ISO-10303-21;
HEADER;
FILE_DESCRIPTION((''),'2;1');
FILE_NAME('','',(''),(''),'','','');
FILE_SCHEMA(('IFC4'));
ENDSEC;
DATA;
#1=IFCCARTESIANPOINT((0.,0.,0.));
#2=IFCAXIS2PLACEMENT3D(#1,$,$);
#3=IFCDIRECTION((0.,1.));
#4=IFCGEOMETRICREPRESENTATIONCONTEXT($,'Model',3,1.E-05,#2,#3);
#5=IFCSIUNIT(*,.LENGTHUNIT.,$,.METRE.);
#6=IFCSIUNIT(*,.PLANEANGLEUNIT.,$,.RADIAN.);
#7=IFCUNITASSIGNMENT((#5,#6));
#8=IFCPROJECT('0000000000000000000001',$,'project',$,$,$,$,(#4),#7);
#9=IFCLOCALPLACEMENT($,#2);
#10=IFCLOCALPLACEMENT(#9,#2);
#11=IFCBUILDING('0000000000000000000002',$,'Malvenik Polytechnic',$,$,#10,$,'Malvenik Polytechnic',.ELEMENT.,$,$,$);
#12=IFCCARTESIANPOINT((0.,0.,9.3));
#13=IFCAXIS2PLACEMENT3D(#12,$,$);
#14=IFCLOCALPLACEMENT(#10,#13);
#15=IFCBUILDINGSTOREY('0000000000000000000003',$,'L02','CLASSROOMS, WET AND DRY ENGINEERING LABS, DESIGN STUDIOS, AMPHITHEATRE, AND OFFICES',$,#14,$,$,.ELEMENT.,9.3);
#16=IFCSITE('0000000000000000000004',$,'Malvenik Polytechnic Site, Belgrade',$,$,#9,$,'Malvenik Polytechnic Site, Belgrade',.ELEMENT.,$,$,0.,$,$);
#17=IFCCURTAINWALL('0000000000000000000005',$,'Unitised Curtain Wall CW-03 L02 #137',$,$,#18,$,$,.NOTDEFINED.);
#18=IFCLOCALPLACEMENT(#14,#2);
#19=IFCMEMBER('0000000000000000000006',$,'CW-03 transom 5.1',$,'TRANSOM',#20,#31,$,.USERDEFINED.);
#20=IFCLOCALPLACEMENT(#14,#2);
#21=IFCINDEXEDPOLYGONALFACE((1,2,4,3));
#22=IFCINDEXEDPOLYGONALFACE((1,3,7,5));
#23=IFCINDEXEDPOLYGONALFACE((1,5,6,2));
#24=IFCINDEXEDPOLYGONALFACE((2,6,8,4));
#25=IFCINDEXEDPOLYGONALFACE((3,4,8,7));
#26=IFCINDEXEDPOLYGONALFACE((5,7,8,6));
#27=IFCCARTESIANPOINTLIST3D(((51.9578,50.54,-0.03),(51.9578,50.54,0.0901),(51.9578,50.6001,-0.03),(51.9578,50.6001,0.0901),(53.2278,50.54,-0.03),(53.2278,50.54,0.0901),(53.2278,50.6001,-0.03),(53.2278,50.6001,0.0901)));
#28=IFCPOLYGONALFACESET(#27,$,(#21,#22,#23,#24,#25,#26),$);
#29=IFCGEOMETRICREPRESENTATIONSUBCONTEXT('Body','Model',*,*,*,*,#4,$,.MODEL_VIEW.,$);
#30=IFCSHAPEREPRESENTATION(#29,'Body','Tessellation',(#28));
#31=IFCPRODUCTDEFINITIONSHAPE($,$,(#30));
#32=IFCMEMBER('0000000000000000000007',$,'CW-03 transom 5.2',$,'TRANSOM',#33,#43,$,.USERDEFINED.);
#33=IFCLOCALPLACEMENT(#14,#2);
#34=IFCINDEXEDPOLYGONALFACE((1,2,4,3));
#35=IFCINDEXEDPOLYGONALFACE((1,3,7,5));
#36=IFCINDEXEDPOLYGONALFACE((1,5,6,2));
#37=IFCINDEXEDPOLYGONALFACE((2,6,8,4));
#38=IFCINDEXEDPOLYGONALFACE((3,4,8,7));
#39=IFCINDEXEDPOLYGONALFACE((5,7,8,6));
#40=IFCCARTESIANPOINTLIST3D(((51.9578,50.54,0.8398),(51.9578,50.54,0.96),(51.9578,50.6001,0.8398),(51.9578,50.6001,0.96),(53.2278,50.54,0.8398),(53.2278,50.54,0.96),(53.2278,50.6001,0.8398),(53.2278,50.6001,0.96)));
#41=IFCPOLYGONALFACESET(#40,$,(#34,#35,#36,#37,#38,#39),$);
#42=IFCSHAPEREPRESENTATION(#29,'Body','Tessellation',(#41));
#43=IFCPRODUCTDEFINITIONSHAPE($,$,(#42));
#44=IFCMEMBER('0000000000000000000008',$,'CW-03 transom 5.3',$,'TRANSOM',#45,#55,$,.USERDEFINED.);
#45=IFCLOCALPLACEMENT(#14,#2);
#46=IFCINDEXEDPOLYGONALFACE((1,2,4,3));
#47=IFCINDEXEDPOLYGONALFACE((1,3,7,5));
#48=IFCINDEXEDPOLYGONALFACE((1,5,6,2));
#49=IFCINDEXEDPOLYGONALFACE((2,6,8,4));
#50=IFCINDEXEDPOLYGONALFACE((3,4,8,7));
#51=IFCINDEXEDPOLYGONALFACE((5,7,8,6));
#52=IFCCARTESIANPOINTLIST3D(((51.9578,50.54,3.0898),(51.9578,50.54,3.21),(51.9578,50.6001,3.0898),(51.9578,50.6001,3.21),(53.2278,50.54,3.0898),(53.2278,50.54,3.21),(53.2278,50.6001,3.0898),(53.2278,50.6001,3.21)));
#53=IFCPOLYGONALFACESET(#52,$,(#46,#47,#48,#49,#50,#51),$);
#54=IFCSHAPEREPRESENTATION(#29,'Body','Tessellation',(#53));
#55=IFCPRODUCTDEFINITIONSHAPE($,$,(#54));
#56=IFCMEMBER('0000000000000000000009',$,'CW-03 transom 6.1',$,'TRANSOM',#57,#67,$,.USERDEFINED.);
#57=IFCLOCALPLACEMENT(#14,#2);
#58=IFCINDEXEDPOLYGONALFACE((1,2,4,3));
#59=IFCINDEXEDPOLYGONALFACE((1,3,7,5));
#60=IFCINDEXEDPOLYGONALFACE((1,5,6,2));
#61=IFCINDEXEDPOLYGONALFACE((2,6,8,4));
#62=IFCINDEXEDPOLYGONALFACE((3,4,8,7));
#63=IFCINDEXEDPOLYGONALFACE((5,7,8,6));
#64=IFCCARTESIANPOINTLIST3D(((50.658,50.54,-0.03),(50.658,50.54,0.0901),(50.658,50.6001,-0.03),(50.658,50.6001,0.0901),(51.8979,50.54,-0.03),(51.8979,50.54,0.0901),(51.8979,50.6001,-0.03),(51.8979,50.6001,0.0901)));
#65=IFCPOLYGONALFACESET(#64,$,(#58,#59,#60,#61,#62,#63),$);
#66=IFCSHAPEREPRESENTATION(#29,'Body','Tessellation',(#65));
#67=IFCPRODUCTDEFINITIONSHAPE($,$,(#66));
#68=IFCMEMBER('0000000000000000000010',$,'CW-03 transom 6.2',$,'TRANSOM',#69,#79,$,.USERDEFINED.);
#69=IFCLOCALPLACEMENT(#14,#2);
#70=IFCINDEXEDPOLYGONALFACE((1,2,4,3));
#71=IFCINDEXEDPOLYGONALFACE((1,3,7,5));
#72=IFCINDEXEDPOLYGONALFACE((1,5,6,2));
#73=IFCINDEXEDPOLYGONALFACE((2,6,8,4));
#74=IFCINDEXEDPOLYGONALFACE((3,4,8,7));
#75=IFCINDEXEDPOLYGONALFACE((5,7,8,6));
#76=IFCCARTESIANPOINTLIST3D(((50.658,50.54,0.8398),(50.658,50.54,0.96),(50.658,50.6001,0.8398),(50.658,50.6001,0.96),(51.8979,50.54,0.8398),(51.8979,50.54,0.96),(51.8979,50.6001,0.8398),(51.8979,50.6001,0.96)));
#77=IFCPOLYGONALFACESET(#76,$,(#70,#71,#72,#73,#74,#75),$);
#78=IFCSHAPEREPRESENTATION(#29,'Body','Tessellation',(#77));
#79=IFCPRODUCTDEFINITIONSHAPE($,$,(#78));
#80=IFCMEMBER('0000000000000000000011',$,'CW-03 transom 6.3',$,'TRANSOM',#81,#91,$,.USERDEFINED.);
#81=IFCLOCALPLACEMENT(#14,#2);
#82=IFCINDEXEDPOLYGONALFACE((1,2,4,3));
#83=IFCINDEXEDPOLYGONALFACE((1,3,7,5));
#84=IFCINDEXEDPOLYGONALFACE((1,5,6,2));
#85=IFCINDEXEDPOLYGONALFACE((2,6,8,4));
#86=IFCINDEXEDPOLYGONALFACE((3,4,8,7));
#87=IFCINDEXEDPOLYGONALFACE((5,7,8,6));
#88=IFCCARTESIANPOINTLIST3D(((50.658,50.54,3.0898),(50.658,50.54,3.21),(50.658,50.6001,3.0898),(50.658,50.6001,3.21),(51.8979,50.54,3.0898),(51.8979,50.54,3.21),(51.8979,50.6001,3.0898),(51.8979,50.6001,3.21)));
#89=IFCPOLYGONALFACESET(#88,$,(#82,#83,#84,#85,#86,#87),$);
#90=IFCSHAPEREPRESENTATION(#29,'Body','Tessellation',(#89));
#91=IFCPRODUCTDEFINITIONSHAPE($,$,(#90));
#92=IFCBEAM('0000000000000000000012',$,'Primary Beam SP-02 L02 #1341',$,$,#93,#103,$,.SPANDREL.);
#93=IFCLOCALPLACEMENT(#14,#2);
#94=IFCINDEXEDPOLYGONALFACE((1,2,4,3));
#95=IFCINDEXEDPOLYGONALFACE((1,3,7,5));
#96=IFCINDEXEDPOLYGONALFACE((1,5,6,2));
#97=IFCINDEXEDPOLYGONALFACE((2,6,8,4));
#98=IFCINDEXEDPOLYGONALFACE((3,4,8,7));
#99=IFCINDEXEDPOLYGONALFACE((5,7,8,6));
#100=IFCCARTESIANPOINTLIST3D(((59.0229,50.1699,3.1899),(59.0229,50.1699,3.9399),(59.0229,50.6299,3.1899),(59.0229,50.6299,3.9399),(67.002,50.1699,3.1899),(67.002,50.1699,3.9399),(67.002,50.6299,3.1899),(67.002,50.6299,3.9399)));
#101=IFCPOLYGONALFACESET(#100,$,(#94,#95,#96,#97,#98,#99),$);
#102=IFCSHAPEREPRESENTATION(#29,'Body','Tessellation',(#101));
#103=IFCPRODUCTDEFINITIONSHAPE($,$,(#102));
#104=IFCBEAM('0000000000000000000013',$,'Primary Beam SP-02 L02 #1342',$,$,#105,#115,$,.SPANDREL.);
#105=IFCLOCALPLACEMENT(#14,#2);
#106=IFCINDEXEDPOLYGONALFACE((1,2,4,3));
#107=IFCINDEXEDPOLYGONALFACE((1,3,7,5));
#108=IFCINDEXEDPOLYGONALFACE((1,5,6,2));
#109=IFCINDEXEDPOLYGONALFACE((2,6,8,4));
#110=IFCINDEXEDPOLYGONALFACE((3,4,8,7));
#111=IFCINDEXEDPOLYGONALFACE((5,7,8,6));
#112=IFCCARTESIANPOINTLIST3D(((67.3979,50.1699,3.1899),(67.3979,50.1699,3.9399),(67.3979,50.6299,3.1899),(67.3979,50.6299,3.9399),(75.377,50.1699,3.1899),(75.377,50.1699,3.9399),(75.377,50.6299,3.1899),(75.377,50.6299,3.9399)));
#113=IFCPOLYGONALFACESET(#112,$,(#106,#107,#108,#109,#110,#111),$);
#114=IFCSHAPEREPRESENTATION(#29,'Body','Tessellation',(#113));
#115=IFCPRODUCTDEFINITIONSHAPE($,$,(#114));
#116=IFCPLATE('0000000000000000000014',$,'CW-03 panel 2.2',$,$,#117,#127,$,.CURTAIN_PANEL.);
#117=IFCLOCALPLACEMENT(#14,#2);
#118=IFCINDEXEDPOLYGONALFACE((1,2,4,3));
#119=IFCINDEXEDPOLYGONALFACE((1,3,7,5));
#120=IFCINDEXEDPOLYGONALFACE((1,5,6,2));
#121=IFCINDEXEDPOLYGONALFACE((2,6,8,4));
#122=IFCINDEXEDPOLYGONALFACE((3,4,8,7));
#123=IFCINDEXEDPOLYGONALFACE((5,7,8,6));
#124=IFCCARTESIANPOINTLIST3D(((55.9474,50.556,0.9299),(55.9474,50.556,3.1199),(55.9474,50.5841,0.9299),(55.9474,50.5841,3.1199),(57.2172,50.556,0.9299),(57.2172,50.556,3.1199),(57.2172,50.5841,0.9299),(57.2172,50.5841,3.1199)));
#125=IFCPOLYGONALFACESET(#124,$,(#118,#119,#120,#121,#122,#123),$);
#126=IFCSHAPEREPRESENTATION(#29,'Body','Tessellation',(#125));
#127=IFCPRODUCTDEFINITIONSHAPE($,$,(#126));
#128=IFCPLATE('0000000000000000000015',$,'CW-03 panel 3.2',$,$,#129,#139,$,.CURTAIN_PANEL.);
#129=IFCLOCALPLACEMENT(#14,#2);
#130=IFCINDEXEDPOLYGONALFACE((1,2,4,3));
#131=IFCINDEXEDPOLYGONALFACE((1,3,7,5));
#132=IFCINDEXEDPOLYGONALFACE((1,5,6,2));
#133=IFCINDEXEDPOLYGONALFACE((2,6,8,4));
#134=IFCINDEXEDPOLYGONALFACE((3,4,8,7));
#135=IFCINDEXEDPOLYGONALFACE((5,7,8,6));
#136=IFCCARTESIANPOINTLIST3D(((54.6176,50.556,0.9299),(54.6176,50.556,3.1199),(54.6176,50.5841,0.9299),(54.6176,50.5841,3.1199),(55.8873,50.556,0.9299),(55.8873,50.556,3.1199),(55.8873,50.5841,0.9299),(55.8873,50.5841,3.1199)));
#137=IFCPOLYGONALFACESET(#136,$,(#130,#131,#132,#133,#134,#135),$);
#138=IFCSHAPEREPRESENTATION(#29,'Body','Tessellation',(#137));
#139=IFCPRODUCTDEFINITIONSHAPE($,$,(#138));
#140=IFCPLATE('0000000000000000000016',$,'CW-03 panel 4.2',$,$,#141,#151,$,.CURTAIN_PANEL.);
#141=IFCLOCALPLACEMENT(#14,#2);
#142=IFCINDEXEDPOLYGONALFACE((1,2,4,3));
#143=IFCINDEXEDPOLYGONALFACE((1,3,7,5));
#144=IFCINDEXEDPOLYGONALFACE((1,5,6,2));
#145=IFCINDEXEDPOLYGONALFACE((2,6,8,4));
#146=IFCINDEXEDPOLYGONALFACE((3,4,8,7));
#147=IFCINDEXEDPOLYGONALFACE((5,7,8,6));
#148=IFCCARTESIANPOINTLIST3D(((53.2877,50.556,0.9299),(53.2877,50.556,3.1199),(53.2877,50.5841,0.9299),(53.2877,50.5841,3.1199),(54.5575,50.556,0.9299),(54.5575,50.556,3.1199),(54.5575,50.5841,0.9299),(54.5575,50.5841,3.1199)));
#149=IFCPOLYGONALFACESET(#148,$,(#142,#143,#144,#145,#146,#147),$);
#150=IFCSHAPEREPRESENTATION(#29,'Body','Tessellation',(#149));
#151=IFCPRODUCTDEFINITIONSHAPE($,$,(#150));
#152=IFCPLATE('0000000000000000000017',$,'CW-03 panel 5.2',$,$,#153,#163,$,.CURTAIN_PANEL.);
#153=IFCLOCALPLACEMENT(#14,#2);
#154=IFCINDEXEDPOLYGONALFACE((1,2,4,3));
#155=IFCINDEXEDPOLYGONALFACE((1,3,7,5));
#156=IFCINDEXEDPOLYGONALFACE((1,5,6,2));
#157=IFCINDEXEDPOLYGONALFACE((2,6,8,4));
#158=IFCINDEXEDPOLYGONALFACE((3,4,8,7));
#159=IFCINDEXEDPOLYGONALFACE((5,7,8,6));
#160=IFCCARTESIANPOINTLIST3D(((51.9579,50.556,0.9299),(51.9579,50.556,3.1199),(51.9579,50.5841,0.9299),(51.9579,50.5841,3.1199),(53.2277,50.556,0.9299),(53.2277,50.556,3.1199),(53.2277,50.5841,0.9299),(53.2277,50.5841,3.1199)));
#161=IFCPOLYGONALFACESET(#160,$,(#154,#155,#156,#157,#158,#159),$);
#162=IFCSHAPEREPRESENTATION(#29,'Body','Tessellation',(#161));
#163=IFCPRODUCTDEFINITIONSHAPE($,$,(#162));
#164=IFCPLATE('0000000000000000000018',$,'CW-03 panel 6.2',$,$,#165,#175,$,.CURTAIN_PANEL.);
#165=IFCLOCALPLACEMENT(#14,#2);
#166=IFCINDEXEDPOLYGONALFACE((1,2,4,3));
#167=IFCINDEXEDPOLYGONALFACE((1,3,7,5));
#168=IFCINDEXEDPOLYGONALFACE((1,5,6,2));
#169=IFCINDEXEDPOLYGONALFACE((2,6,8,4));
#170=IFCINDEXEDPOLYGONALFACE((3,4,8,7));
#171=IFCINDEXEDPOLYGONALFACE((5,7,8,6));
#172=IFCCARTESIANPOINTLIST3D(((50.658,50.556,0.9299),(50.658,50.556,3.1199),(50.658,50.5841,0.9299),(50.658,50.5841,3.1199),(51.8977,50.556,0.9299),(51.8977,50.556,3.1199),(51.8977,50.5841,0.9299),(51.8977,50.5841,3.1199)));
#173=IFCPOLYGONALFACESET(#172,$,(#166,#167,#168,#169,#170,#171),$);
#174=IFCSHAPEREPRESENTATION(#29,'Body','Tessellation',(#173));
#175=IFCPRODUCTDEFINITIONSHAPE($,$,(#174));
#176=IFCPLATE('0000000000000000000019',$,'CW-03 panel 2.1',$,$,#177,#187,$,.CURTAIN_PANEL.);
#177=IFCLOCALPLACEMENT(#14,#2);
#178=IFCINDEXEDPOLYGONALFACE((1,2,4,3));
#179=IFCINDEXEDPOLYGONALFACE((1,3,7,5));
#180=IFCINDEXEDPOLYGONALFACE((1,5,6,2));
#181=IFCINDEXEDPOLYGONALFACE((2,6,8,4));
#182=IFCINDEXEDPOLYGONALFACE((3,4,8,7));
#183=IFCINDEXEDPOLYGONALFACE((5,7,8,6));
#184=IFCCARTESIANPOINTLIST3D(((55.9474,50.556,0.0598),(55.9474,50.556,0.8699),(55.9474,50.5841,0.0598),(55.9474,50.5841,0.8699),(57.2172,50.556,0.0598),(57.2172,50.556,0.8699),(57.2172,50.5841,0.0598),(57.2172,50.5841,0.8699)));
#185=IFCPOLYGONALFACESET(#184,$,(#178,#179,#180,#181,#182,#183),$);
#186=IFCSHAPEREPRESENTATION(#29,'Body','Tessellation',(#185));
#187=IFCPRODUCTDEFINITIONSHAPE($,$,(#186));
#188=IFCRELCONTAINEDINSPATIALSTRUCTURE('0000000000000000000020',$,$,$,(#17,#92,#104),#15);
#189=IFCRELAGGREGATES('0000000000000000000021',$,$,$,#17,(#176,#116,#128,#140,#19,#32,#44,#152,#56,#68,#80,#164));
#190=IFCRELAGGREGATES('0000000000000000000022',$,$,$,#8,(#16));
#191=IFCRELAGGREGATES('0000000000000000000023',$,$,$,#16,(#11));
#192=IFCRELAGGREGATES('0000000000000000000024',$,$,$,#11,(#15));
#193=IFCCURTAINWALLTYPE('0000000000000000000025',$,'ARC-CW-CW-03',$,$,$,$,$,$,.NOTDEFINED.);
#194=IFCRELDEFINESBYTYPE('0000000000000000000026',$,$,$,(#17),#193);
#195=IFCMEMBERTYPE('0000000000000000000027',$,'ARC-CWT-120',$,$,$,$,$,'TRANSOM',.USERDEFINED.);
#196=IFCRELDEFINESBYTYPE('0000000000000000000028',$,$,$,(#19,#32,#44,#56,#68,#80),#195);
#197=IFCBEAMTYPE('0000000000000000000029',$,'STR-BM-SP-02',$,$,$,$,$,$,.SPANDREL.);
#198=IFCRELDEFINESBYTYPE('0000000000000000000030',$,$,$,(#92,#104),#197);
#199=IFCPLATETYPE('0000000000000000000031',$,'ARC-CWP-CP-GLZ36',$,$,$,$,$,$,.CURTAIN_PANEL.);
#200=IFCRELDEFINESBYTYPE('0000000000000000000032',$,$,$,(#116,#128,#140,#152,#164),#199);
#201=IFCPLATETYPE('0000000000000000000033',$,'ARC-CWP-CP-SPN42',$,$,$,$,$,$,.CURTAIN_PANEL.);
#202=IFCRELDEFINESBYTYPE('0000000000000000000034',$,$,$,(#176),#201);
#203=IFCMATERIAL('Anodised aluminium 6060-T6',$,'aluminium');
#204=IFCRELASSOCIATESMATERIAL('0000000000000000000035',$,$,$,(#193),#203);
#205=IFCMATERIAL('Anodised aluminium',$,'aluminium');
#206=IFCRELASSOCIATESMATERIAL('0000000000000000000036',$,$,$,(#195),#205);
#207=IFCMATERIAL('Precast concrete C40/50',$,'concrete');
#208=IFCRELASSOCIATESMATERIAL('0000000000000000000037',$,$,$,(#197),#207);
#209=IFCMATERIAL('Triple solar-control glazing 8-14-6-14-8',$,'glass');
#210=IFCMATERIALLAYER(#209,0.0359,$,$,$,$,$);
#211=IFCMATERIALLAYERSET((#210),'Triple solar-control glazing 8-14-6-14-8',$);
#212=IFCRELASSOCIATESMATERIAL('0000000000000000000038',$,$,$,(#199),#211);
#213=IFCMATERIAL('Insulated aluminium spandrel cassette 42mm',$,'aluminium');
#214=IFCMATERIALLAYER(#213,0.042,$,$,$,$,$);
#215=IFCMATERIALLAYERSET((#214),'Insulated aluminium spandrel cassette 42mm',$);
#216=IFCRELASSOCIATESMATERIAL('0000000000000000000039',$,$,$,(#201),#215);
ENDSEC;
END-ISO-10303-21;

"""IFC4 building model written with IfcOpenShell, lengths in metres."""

from ifc_helpers import new_model, si_unit, direction, frame, origin, origin_2d, place, context, subcontext, project, spatial, rectangle, extrude, material, layer, layer_set, material_profile, profile_set, type_object, element, aggregate, save


model = new_model("IFC4")

# Units and contexts
model_context = context("Model", 3, precision=1e-05, world=origin(), true_north=direction((0.0, 1.0)))
body_context = subcontext(model_context, "Body", "Model", "MODEL_VIEW")
ifc_project = project(units=[si_unit("LENGTHUNIT", "METRE"), si_unit("PLANEANGLEUNIT", "RADIAN")], contexts=[model_context])

# Site, building, storey
site_placement = place(None, origin())
site = spatial("IfcSite", under=ifc_project, at=site_placement, Name="Malvenik Polytechnic Site, Belgrade", LongName="Malvenik Polytechnic Site, Belgrade", CompositionType="ELEMENT", RefElevation=0.0)
building_placement = place(site_placement, origin())
building = spatial("IfcBuilding", under=site, at=building_placement, Name="Malvenik Polytechnic", LongName="Malvenik Polytechnic", CompositionType="ELEMENT")
storey_placement = place(building_placement, frame((0.0, 0.0, 9.3)))
storey = spatial("IfcBuildingStorey", under=building, at=storey_placement, Name="L02", Description="CLASSROOMS, WET AND DRY ENGINEERING LABS, DESIGN STUDIOS, AMPHITHEATRE, AND OFFICES", CompositionType="ELEMENT", Elevation=9.3)

# Curtain wall, members
ifc_material_1 = material(Name="Anodised aluminium 6060-T6", Category="aluminium")
curtain_wall_type = type_object("IfcCurtainWallType", Name="ARC-CW-CW-03", PredefinedType="NOTDEFINED", material=ifc_material_1)
curtain_wall_placement = place(storey_placement, origin())
curtain_wall = element("IfcCurtainWall", 1, at=curtain_wall_placement, inside=storey, type_object=curtain_wall_type, Name="Unitised Curtain Wall CW-03 L02 #137", PredefinedType="NOTDEFINED")
ifc_material_2 = material(Name="Anodised aluminium", Category="aluminium")
ifc_material_profile_1 = material_profile(ifc_material_2, rectangle(XDim=0.0601, YDim=0.1201, at=origin_2d()), Name="ALU TRANSOM 60x120")
ifc_profile_set_1 = profile_set([ifc_material_profile_1], Name="Anodised aluminium")
member_type_1 = type_object("IfcMemberType", Name="ARC-CWT-120", ElementType="TRANSOM", PredefinedType="USERDEFINED", material=ifc_profile_set_1)
member_1_placement = place(storey_placement, frame((53.2278, 50.5701, 0.03), z_axis=(-1.0, 0.0, 0.0), x_axis=(0.0, -1.0, 0.0)))
member_1 = element("IfcMember", 2, at=member_1_placement, type_object=member_type_1, Name="CW-03 transom 5.1", ObjectType="TRANSOM", PredefinedType="USERDEFINED", context=body_context, shape_type="SweptSolid", body=[
    extrude(rectangle(XDim=0.0601, YDim=0.1201, at=origin_2d()), origin(), (0.0, 0.0, 1.0), 1.27),
])
member_2_placement = place(storey_placement, frame((53.2278, 50.5701, 0.8999), z_axis=(-1.0, 0.0, 0.0), x_axis=(0.0, -1.0, 0.0)))
member_2 = element("IfcMember", 3, at=member_2_placement, type_object=member_type_1, Name="CW-03 transom 5.2", ObjectType="TRANSOM", PredefinedType="USERDEFINED", context=body_context, shape_type="SweptSolid", body=[
    extrude(rectangle(XDim=0.0601, YDim=0.1201, at=origin_2d()), origin(), (0.0, 0.0, 1.0), 1.27),
])
member_3_placement = place(storey_placement, frame((53.2278, 50.5701, 3.1499), z_axis=(-1.0, 0.0, 0.0), x_axis=(0.0, -1.0, 0.0)))
member_3 = element("IfcMember", 4, at=member_3_placement, type_object=member_type_1, Name="CW-03 transom 5.3", ObjectType="TRANSOM", PredefinedType="USERDEFINED", context=body_context, shape_type="SweptSolid", body=[
    extrude(rectangle(XDim=0.0601, YDim=0.1201, at=origin_2d()), origin(), (0.0, 0.0, 1.0), 1.27),
])
member_4_placement = place(storey_placement, frame((51.8979, 50.5701, 0.03), z_axis=(-1.0, 0.0, 0.0), x_axis=(0.0, -1.0, 0.0)))
member_4 = element("IfcMember", 5, at=member_4_placement, type_object=member_type_1, Name="CW-03 transom 6.1", ObjectType="TRANSOM", PredefinedType="USERDEFINED", context=body_context, shape_type="SweptSolid", body=[
    extrude(rectangle(XDim=0.0601, YDim=0.1201, at=origin_2d()), origin(), (0.0, 0.0, 1.0), 1.24),
])
member_5_placement = place(storey_placement, frame((51.8979, 50.5701, 0.8999), z_axis=(-1.0, 0.0, 0.0), x_axis=(0.0, -1.0, 0.0)))
member_5 = element("IfcMember", 6, at=member_5_placement, type_object=member_type_1, Name="CW-03 transom 6.2", ObjectType="TRANSOM", PredefinedType="USERDEFINED", context=body_context, shape_type="SweptSolid", body=[
    extrude(rectangle(XDim=0.0601, YDim=0.1201, at=origin_2d()), origin(), (0.0, 0.0, 1.0), 1.24),
])
member_6_placement = place(storey_placement, frame((51.8979, 50.5701, 3.1499), z_axis=(-1.0, 0.0, 0.0), x_axis=(0.0, -1.0, 0.0)))
member_6 = element("IfcMember", 7, at=member_6_placement, type_object=member_type_1, Name="CW-03 transom 6.3", ObjectType="TRANSOM", PredefinedType="USERDEFINED", context=body_context, shape_type="SweptSolid", body=[
    extrude(rectangle(XDim=0.0601, YDim=0.1201, at=origin_2d()), origin(), (0.0, 0.0, 1.0), 1.24),
])

# Beams
ifc_material_3 = material(Name="Precast concrete C40/50", Category="concrete")
ifc_material_profile_2 = material_profile(ifc_material_3, rectangle(XDim=0.46, YDim=0.75, at=origin_2d()), Name="PC SPN 460x750")
ifc_profile_set_2 = profile_set([ifc_material_profile_2], Name="Precast concrete C40/50")
beam_type = type_object("IfcBeamType", Name="STR-BM-SP-02", PredefinedType="SPANDREL", material=ifc_profile_set_2)
for number, where, z_axis, x_axis, name in (
    (8, (59.0229, 50.3999, 3.5649), (1.0, 0.0, 0.0), (0.0, 1.0, 0.0), "Primary Beam SP-02 L02 #1341"),
    (9, (67.3979, 50.3999, 3.5649), (1.0, 0.0, 0.0), (0.0, 1.0, 0.0), "Primary Beam SP-02 L02 #1342"),
):
    element("IfcBeam", number, at=place(storey_placement, frame(where, z_axis=z_axis, x_axis=x_axis)), inside=storey, type_object=beam_type, Name=name, PredefinedType="SPANDREL", context=body_context, shape_type="SweptSolid", body=[
        extrude(rectangle(XDim=0.46, YDim=0.75, at=origin_2d()), origin(), (0.0, 0.0, 1.0), 7.979),
    ])

# Plates
ifc_material_4 = material(Name="Triple solar-control glazing 8-14-6-14-8", Category="glass")
ifc_layer_1 = layer(ifc_material_4, 0.0359)
ifc_layer_set_1 = layer_set([ifc_layer_1], Name="Triple solar-control glazing 8-14-6-14-8")
plate_type_1 = type_object("IfcPlateType", Name="ARC-CWP-CP-GLZ36", PredefinedType="CURTAIN_PANEL", material=ifc_layer_set_1)
plate_1_placement = place(storey_placement, frame((56.5823, 50.5701, 0.9299), z_axis=(0.0, 0.0, 1.0), x_axis=(-1.0, 0.0, 0.0)))
plate_1 = element("IfcPlate", 10, at=plate_1_placement, type_object=plate_type_1, Name="CW-03 panel 2.2", PredefinedType="CURTAIN_PANEL", context=body_context, shape_type="SweptSolid", body=[
    extrude(rectangle(XDim=1.2698, YDim=0.0281, at=origin_2d()), origin(), (0.0, 0.0, 1.0), 2.1899),
])
plate_2_placement = place(storey_placement, frame((55.2524, 50.5701, 0.9299), z_axis=(0.0, 0.0, 1.0), x_axis=(-1.0, 0.0, 0.0)))
plate_2 = element("IfcPlate", 11, at=plate_2_placement, type_object=plate_type_1, Name="CW-03 panel 3.2", PredefinedType="CURTAIN_PANEL", context=body_context, shape_type="SweptSolid", body=[
    extrude(rectangle(XDim=1.2698, YDim=0.0281, at=origin_2d()), origin(), (0.0, 0.0, 1.0), 2.1899),
])
plate_3_placement = place(storey_placement, frame((53.9226, 50.5701, 0.9299), z_axis=(0.0, 0.0, 1.0), x_axis=(-1.0, 0.0, 0.0)))
plate_3 = element("IfcPlate", 12, at=plate_3_placement, type_object=plate_type_1, Name="CW-03 panel 4.2", PredefinedType="CURTAIN_PANEL", context=body_context, shape_type="SweptSolid", body=[
    extrude(rectangle(XDim=1.2698, YDim=0.0281, at=origin_2d()), origin(), (0.0, 0.0, 1.0), 2.1899),
])
plate_4_placement = place(storey_placement, frame((52.5928, 50.5701, 0.9299), z_axis=(0.0, 0.0, 1.0), x_axis=(-1.0, 0.0, 0.0)))
plate_4 = element("IfcPlate", 13, at=plate_4_placement, type_object=plate_type_1, Name="CW-03 panel 5.2", PredefinedType="CURTAIN_PANEL", context=body_context, shape_type="SweptSolid", body=[
    extrude(rectangle(XDim=1.2698, YDim=0.0281, at=origin_2d()), origin(), (0.0, 0.0, 1.0), 2.1899),
])
plate_5_placement = place(storey_placement, frame((51.2778, 50.5701, 0.9299), z_axis=(0.0, 0.0, 1.0), x_axis=(-1.0, 0.0, 0.0)))
plate_5 = element("IfcPlate", 14, at=plate_5_placement, type_object=plate_type_1, Name="CW-03 panel 6.2", PredefinedType="CURTAIN_PANEL", context=body_context, shape_type="SweptSolid", body=[
    extrude(rectangle(XDim=1.2397, YDim=0.0281, at=origin_2d()), origin(), (0.0, 0.0, 1.0), 2.1899),
])
ifc_material_5 = material(Name="Insulated aluminium spandrel cassette 42mm", Category="aluminium")
ifc_layer_2 = layer(ifc_material_5, 0.042)
ifc_layer_set_2 = layer_set([ifc_layer_2], Name="Insulated aluminium spandrel cassette 42mm")
plate_type_2 = type_object("IfcPlateType", Name="ARC-CWP-CP-SPN42", PredefinedType="CURTAIN_PANEL", material=ifc_layer_set_2)
plate_6_placement = place(storey_placement, frame((56.5823, 50.5701, 0.0598), z_axis=(0.0, 0.0, 1.0), x_axis=(-1.0, 0.0, 0.0)))
plate_6 = element("IfcPlate", 15, at=plate_6_placement, type_object=plate_type_2, Name="CW-03 panel 2.1", PredefinedType="CURTAIN_PANEL", context=body_context, shape_type="SweptSolid", body=[
    extrude(rectangle(XDim=1.2698, YDim=0.0281, at=origin_2d()), origin(), (0.0, 0.0, 1.0), 0.8101),
])
aggregate(curtain_wall, [plate_6, plate_1, plate_2, plate_3, member_1, member_2, member_3, plate_4, member_4, member_5, member_6, plate_5])

save(model, "model.ifc")
